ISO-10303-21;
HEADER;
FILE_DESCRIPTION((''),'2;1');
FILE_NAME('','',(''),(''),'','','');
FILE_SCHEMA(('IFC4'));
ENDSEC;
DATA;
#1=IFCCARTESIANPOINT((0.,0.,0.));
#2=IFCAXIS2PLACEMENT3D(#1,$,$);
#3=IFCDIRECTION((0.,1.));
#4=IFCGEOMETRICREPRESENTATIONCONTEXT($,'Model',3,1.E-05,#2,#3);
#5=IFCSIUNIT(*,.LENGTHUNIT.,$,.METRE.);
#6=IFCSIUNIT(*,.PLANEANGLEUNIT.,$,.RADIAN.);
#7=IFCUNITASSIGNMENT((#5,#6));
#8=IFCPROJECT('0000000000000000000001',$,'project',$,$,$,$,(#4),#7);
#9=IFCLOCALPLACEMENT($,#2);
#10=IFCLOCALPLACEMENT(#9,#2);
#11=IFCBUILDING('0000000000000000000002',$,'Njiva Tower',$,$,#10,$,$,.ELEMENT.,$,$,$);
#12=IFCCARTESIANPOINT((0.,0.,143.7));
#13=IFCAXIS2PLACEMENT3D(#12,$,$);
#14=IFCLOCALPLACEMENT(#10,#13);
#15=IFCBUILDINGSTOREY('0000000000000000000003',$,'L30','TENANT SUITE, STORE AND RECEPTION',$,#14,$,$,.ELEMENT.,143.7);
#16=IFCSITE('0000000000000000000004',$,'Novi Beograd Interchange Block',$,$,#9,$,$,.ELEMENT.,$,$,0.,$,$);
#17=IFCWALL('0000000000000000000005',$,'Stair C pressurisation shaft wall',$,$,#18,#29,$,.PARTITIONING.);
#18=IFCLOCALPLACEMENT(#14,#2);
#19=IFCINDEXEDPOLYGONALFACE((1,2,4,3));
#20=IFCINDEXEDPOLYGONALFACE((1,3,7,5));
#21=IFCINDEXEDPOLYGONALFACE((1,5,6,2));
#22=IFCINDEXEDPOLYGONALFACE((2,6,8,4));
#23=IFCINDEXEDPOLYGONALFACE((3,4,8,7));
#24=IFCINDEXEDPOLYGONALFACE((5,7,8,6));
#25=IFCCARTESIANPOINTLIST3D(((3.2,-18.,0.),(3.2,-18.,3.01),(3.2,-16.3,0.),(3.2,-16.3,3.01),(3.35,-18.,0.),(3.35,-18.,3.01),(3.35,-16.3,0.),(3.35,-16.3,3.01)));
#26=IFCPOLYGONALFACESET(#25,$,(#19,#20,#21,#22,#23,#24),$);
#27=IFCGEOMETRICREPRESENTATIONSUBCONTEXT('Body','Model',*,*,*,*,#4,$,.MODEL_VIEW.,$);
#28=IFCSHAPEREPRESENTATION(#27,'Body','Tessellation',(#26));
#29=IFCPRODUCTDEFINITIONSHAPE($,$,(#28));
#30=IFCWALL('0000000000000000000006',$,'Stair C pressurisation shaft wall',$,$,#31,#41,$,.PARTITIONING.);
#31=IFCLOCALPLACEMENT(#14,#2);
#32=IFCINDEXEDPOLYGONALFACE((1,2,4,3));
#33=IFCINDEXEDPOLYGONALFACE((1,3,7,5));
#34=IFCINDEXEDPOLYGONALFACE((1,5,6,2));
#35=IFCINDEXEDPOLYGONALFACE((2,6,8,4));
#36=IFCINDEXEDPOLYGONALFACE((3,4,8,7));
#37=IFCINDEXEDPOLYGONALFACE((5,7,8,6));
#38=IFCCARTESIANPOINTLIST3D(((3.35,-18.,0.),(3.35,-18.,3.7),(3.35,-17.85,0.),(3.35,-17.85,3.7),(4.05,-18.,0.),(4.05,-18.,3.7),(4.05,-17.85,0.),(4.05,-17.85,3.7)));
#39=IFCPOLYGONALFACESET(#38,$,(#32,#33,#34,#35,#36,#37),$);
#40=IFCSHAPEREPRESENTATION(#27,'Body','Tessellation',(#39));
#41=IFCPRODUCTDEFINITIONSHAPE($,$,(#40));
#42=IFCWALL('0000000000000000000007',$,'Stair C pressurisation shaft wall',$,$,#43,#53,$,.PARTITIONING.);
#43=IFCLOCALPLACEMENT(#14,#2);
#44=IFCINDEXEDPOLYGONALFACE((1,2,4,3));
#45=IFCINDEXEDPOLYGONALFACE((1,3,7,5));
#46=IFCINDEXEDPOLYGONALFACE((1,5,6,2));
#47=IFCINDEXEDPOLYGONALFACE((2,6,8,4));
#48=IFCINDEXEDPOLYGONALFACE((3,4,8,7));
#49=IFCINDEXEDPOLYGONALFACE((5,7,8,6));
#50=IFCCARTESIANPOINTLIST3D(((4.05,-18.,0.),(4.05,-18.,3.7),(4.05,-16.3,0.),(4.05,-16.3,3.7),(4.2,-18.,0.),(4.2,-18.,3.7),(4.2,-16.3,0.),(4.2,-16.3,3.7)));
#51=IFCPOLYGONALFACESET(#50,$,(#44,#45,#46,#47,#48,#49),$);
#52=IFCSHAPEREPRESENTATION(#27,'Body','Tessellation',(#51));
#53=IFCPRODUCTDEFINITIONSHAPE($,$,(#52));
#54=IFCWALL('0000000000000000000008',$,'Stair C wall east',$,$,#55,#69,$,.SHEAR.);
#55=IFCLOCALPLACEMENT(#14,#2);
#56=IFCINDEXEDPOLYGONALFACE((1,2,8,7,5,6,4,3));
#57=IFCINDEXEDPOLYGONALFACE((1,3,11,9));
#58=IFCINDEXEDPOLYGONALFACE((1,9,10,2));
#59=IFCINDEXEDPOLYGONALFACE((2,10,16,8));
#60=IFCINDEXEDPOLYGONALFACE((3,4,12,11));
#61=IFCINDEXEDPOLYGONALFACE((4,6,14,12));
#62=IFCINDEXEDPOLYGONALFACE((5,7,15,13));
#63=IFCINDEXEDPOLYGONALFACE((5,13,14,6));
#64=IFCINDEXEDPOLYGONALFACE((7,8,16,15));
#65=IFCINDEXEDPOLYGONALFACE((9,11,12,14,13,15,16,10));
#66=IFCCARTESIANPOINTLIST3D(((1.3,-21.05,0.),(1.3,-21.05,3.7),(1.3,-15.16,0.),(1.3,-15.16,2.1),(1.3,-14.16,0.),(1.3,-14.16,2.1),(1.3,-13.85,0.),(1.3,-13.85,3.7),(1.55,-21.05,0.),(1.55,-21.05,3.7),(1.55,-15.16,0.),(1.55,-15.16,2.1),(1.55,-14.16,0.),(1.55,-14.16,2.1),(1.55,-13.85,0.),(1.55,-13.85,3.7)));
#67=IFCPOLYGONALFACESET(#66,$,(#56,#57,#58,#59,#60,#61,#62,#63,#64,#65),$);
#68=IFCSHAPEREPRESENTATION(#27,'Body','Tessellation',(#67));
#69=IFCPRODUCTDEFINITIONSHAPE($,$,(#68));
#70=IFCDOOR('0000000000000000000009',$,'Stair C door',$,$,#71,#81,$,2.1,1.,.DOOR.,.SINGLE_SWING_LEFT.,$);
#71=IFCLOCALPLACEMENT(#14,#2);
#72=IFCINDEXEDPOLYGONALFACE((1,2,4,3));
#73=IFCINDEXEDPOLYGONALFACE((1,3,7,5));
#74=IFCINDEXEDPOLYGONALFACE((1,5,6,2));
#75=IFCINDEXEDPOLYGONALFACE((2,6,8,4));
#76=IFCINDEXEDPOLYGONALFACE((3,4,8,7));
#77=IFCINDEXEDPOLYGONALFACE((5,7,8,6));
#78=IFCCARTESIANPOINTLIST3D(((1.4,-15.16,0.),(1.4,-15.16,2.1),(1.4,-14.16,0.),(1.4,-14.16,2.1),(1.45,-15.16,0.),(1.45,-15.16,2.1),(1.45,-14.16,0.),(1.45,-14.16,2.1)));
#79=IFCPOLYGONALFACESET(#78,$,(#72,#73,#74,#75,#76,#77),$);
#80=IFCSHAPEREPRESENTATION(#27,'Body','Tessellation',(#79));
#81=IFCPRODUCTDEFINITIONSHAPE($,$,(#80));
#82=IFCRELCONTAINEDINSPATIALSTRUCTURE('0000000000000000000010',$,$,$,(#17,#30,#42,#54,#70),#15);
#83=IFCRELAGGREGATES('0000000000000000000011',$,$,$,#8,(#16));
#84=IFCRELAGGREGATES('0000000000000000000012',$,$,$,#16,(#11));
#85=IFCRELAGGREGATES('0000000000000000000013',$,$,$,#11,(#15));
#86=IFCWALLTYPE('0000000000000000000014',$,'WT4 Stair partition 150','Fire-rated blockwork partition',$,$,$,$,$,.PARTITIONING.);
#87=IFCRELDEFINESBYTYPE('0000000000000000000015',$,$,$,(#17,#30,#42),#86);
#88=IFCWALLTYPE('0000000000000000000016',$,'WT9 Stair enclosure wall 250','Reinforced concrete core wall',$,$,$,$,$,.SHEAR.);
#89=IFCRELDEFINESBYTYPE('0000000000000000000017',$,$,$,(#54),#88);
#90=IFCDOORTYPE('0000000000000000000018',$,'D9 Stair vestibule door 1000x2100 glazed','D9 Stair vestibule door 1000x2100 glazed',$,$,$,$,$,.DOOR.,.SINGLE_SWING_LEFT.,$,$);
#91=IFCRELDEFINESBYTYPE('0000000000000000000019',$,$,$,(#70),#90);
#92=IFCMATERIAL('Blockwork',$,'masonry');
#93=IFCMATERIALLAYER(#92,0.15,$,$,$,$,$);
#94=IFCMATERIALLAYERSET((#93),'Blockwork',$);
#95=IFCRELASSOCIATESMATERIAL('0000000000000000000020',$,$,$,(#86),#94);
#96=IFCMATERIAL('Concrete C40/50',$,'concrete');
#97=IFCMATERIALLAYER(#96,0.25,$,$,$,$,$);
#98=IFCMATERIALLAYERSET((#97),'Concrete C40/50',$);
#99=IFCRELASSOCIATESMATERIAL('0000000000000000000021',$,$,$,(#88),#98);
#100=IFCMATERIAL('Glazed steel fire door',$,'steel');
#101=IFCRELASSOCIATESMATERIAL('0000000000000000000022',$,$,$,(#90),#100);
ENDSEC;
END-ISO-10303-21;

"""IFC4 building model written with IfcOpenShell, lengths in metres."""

from ifc_helpers import new_model, si_unit, direction, frame, frame_2d, origin, place, context, subcontext, project, spatial, rectangle, extrude, material, layer, layer_set, type_object, element, fill, save


model = new_model("IFC4")

# Units and contexts
model_context = context("Model", 3, precision=1e-05, world=origin(), true_north=direction((0.0, 1.0)))
body_context = subcontext(model_context, "Body", "Model", "MODEL_VIEW")
ifc_project = project(units=[si_unit("LENGTHUNIT", "METRE"), si_unit("PLANEANGLEUNIT", "RADIAN")], contexts=[model_context])

# Site, building, storey
site_placement = place(None, origin())
site = spatial("IfcSite", under=ifc_project, at=site_placement, Name="Novi Beograd Interchange Block", CompositionType="ELEMENT", RefElevation=0.0)
building_placement = place(site_placement, origin())
building = spatial("IfcBuilding", under=site, at=building_placement, Name="Njiva Tower", CompositionType="ELEMENT")
storey_placement = place(building_placement, frame((0.0, 0.0, 143.7)))
storey = spatial("IfcBuildingStorey", under=building, at=storey_placement, Name="L30", Description="TENANT SUITE, STORE AND RECEPTION", CompositionType="ELEMENT", Elevation=143.7)

# Walls
ifc_material_1 = material(Name="Blockwork", Category="masonry")
ifc_layer_1 = layer(ifc_material_1, 0.15)
ifc_layer_set_1 = layer_set([ifc_layer_1], Name="Blockwork")
wall_type_1 = type_object("IfcWallType", Name="WT4 Stair partition 150", Description="Fire-rated blockwork partition", PredefinedType="PARTITIONING", material=ifc_layer_set_1)
wall_1_placement = place(storey_placement, frame((3.275, -18.0, 0.0), z_axis=(0.0, 0.0, 1.0), x_axis=(0.0, 1.0, 0.0)))
element("IfcWall", 1, at=wall_1_placement, inside=storey, type_object=wall_type_1, Name="Stair C pressurisation shaft wall", PredefinedType="PARTITIONING", context=body_context, shape_type="SweptSolid", body=[
    extrude(rectangle(XDim=1.7, YDim=0.15, at=frame_2d((0.85, 0.0))), origin(), (0.0, 0.0, 1.0), 3.01),
])
wall_2_placement = place(storey_placement, frame((3.35, -17.925, 0.0), z_axis=(0.0, 0.0, 1.0), x_axis=(1.0, 0.0, 0.0)))
element("IfcWall", 2, at=wall_2_placement, inside=storey, type_object=wall_type_1, Name="Stair C pressurisation shaft wall", PredefinedType="PARTITIONING", context=body_context, shape_type="SweptSolid", body=[
    extrude(rectangle(XDim=0.7, YDim=0.15, at=frame_2d((0.35, 0.0))), origin(), (0.0, 0.0, 1.0), 3.7),
])
wall_3_placement = place(storey_placement, frame((4.125, -18.0, 0.0), z_axis=(0.0, 0.0, 1.0), x_axis=(0.0, 1.0, 0.0)))
element("IfcWall", 3, at=wall_3_placement, inside=storey, type_object=wall_type_1, Name="Stair C pressurisation shaft wall", PredefinedType="PARTITIONING", context=body_context, shape_type="SweptSolid", body=[
    extrude(rectangle(XDim=1.7, YDim=0.15, at=frame_2d((0.85, 0.0))), origin(), (0.0, 0.0, 1.0), 3.7),
])

# Wall, opening, door
ifc_material_2 = material(Name="Concrete C40/50", Category="concrete")
ifc_layer_2 = layer(ifc_material_2, 0.25)
ifc_layer_set_2 = layer_set([ifc_layer_2], Name="Concrete C40/50")
wall_type_2 = type_object("IfcWallType", Name="WT9 Stair enclosure wall 250", Description="Reinforced concrete core wall", PredefinedType="SHEAR", material=ifc_layer_set_2)
wall_4_placement = place(storey_placement, frame((1.425, -21.05, 0.0), z_axis=(0.0, 0.0, 1.0), x_axis=(0.0, 1.0, 0.0)))
wall_4 = element("IfcWall", 4, at=wall_4_placement, inside=storey, type_object=wall_type_2, Name="Stair C wall east", PredefinedType="SHEAR", context=body_context, shape_type="SweptSolid", body=[
    extrude(rectangle(XDim=7.2, YDim=0.25, at=frame_2d((3.6, 0.0))), origin(), (0.0, 0.0, 1.0), 3.7),
])
opening_1_placement = place(wall_4_placement, frame((5.89, 0.0, 0.0)))
opening_1 = element("IfcOpeningElement", 5, at=opening_1_placement, cuts=wall_4, PredefinedType="OPENING", context=body_context, shape_type="SweptSolid", body=[
    extrude(rectangle(XDim=1.0, YDim=2.1, at=frame_2d((0.5, 1.05))), frame((0.0, 0.135, 0.0), z_axis=(0.0, -1.0, 0.0), x_axis=(1.0, 0.0, 0.0)), (0.0, 0.0, 1.0), 0.27),
])
ifc_material_3 = material(Name="Glazed steel fire door", Category="steel")
door_type = type_object("IfcDoorType", Name="D9 Stair vestibule door 1000x2100 glazed", Description="D9 Stair vestibule door 1000x2100 glazed", OperationType="SINGLE_SWING_LEFT", PredefinedType="DOOR", material=ifc_material_3)
door_placement = place(opening_1_placement, origin())
door = element("IfcDoor", 6, at=door_placement, inside=storey, type_object=door_type, Name="Stair C door", OperationType="SINGLE_SWING_LEFT", OverallHeight=2.1, OverallWidth=1.0, PredefinedType="DOOR", context=body_context, shape_type="SweptSolid", body=[
    extrude(rectangle(XDim=1.0, YDim=2.1, at=frame_2d((0.5, 1.05))), frame((0.0, 0.025, 0.0), z_axis=(0.0, -1.0, 0.0), x_axis=(1.0, 0.0, 0.0)), (0.0, 0.0, 1.0), 0.05),
])
fill(opening_1, door)

save(model, "model.ifc")
